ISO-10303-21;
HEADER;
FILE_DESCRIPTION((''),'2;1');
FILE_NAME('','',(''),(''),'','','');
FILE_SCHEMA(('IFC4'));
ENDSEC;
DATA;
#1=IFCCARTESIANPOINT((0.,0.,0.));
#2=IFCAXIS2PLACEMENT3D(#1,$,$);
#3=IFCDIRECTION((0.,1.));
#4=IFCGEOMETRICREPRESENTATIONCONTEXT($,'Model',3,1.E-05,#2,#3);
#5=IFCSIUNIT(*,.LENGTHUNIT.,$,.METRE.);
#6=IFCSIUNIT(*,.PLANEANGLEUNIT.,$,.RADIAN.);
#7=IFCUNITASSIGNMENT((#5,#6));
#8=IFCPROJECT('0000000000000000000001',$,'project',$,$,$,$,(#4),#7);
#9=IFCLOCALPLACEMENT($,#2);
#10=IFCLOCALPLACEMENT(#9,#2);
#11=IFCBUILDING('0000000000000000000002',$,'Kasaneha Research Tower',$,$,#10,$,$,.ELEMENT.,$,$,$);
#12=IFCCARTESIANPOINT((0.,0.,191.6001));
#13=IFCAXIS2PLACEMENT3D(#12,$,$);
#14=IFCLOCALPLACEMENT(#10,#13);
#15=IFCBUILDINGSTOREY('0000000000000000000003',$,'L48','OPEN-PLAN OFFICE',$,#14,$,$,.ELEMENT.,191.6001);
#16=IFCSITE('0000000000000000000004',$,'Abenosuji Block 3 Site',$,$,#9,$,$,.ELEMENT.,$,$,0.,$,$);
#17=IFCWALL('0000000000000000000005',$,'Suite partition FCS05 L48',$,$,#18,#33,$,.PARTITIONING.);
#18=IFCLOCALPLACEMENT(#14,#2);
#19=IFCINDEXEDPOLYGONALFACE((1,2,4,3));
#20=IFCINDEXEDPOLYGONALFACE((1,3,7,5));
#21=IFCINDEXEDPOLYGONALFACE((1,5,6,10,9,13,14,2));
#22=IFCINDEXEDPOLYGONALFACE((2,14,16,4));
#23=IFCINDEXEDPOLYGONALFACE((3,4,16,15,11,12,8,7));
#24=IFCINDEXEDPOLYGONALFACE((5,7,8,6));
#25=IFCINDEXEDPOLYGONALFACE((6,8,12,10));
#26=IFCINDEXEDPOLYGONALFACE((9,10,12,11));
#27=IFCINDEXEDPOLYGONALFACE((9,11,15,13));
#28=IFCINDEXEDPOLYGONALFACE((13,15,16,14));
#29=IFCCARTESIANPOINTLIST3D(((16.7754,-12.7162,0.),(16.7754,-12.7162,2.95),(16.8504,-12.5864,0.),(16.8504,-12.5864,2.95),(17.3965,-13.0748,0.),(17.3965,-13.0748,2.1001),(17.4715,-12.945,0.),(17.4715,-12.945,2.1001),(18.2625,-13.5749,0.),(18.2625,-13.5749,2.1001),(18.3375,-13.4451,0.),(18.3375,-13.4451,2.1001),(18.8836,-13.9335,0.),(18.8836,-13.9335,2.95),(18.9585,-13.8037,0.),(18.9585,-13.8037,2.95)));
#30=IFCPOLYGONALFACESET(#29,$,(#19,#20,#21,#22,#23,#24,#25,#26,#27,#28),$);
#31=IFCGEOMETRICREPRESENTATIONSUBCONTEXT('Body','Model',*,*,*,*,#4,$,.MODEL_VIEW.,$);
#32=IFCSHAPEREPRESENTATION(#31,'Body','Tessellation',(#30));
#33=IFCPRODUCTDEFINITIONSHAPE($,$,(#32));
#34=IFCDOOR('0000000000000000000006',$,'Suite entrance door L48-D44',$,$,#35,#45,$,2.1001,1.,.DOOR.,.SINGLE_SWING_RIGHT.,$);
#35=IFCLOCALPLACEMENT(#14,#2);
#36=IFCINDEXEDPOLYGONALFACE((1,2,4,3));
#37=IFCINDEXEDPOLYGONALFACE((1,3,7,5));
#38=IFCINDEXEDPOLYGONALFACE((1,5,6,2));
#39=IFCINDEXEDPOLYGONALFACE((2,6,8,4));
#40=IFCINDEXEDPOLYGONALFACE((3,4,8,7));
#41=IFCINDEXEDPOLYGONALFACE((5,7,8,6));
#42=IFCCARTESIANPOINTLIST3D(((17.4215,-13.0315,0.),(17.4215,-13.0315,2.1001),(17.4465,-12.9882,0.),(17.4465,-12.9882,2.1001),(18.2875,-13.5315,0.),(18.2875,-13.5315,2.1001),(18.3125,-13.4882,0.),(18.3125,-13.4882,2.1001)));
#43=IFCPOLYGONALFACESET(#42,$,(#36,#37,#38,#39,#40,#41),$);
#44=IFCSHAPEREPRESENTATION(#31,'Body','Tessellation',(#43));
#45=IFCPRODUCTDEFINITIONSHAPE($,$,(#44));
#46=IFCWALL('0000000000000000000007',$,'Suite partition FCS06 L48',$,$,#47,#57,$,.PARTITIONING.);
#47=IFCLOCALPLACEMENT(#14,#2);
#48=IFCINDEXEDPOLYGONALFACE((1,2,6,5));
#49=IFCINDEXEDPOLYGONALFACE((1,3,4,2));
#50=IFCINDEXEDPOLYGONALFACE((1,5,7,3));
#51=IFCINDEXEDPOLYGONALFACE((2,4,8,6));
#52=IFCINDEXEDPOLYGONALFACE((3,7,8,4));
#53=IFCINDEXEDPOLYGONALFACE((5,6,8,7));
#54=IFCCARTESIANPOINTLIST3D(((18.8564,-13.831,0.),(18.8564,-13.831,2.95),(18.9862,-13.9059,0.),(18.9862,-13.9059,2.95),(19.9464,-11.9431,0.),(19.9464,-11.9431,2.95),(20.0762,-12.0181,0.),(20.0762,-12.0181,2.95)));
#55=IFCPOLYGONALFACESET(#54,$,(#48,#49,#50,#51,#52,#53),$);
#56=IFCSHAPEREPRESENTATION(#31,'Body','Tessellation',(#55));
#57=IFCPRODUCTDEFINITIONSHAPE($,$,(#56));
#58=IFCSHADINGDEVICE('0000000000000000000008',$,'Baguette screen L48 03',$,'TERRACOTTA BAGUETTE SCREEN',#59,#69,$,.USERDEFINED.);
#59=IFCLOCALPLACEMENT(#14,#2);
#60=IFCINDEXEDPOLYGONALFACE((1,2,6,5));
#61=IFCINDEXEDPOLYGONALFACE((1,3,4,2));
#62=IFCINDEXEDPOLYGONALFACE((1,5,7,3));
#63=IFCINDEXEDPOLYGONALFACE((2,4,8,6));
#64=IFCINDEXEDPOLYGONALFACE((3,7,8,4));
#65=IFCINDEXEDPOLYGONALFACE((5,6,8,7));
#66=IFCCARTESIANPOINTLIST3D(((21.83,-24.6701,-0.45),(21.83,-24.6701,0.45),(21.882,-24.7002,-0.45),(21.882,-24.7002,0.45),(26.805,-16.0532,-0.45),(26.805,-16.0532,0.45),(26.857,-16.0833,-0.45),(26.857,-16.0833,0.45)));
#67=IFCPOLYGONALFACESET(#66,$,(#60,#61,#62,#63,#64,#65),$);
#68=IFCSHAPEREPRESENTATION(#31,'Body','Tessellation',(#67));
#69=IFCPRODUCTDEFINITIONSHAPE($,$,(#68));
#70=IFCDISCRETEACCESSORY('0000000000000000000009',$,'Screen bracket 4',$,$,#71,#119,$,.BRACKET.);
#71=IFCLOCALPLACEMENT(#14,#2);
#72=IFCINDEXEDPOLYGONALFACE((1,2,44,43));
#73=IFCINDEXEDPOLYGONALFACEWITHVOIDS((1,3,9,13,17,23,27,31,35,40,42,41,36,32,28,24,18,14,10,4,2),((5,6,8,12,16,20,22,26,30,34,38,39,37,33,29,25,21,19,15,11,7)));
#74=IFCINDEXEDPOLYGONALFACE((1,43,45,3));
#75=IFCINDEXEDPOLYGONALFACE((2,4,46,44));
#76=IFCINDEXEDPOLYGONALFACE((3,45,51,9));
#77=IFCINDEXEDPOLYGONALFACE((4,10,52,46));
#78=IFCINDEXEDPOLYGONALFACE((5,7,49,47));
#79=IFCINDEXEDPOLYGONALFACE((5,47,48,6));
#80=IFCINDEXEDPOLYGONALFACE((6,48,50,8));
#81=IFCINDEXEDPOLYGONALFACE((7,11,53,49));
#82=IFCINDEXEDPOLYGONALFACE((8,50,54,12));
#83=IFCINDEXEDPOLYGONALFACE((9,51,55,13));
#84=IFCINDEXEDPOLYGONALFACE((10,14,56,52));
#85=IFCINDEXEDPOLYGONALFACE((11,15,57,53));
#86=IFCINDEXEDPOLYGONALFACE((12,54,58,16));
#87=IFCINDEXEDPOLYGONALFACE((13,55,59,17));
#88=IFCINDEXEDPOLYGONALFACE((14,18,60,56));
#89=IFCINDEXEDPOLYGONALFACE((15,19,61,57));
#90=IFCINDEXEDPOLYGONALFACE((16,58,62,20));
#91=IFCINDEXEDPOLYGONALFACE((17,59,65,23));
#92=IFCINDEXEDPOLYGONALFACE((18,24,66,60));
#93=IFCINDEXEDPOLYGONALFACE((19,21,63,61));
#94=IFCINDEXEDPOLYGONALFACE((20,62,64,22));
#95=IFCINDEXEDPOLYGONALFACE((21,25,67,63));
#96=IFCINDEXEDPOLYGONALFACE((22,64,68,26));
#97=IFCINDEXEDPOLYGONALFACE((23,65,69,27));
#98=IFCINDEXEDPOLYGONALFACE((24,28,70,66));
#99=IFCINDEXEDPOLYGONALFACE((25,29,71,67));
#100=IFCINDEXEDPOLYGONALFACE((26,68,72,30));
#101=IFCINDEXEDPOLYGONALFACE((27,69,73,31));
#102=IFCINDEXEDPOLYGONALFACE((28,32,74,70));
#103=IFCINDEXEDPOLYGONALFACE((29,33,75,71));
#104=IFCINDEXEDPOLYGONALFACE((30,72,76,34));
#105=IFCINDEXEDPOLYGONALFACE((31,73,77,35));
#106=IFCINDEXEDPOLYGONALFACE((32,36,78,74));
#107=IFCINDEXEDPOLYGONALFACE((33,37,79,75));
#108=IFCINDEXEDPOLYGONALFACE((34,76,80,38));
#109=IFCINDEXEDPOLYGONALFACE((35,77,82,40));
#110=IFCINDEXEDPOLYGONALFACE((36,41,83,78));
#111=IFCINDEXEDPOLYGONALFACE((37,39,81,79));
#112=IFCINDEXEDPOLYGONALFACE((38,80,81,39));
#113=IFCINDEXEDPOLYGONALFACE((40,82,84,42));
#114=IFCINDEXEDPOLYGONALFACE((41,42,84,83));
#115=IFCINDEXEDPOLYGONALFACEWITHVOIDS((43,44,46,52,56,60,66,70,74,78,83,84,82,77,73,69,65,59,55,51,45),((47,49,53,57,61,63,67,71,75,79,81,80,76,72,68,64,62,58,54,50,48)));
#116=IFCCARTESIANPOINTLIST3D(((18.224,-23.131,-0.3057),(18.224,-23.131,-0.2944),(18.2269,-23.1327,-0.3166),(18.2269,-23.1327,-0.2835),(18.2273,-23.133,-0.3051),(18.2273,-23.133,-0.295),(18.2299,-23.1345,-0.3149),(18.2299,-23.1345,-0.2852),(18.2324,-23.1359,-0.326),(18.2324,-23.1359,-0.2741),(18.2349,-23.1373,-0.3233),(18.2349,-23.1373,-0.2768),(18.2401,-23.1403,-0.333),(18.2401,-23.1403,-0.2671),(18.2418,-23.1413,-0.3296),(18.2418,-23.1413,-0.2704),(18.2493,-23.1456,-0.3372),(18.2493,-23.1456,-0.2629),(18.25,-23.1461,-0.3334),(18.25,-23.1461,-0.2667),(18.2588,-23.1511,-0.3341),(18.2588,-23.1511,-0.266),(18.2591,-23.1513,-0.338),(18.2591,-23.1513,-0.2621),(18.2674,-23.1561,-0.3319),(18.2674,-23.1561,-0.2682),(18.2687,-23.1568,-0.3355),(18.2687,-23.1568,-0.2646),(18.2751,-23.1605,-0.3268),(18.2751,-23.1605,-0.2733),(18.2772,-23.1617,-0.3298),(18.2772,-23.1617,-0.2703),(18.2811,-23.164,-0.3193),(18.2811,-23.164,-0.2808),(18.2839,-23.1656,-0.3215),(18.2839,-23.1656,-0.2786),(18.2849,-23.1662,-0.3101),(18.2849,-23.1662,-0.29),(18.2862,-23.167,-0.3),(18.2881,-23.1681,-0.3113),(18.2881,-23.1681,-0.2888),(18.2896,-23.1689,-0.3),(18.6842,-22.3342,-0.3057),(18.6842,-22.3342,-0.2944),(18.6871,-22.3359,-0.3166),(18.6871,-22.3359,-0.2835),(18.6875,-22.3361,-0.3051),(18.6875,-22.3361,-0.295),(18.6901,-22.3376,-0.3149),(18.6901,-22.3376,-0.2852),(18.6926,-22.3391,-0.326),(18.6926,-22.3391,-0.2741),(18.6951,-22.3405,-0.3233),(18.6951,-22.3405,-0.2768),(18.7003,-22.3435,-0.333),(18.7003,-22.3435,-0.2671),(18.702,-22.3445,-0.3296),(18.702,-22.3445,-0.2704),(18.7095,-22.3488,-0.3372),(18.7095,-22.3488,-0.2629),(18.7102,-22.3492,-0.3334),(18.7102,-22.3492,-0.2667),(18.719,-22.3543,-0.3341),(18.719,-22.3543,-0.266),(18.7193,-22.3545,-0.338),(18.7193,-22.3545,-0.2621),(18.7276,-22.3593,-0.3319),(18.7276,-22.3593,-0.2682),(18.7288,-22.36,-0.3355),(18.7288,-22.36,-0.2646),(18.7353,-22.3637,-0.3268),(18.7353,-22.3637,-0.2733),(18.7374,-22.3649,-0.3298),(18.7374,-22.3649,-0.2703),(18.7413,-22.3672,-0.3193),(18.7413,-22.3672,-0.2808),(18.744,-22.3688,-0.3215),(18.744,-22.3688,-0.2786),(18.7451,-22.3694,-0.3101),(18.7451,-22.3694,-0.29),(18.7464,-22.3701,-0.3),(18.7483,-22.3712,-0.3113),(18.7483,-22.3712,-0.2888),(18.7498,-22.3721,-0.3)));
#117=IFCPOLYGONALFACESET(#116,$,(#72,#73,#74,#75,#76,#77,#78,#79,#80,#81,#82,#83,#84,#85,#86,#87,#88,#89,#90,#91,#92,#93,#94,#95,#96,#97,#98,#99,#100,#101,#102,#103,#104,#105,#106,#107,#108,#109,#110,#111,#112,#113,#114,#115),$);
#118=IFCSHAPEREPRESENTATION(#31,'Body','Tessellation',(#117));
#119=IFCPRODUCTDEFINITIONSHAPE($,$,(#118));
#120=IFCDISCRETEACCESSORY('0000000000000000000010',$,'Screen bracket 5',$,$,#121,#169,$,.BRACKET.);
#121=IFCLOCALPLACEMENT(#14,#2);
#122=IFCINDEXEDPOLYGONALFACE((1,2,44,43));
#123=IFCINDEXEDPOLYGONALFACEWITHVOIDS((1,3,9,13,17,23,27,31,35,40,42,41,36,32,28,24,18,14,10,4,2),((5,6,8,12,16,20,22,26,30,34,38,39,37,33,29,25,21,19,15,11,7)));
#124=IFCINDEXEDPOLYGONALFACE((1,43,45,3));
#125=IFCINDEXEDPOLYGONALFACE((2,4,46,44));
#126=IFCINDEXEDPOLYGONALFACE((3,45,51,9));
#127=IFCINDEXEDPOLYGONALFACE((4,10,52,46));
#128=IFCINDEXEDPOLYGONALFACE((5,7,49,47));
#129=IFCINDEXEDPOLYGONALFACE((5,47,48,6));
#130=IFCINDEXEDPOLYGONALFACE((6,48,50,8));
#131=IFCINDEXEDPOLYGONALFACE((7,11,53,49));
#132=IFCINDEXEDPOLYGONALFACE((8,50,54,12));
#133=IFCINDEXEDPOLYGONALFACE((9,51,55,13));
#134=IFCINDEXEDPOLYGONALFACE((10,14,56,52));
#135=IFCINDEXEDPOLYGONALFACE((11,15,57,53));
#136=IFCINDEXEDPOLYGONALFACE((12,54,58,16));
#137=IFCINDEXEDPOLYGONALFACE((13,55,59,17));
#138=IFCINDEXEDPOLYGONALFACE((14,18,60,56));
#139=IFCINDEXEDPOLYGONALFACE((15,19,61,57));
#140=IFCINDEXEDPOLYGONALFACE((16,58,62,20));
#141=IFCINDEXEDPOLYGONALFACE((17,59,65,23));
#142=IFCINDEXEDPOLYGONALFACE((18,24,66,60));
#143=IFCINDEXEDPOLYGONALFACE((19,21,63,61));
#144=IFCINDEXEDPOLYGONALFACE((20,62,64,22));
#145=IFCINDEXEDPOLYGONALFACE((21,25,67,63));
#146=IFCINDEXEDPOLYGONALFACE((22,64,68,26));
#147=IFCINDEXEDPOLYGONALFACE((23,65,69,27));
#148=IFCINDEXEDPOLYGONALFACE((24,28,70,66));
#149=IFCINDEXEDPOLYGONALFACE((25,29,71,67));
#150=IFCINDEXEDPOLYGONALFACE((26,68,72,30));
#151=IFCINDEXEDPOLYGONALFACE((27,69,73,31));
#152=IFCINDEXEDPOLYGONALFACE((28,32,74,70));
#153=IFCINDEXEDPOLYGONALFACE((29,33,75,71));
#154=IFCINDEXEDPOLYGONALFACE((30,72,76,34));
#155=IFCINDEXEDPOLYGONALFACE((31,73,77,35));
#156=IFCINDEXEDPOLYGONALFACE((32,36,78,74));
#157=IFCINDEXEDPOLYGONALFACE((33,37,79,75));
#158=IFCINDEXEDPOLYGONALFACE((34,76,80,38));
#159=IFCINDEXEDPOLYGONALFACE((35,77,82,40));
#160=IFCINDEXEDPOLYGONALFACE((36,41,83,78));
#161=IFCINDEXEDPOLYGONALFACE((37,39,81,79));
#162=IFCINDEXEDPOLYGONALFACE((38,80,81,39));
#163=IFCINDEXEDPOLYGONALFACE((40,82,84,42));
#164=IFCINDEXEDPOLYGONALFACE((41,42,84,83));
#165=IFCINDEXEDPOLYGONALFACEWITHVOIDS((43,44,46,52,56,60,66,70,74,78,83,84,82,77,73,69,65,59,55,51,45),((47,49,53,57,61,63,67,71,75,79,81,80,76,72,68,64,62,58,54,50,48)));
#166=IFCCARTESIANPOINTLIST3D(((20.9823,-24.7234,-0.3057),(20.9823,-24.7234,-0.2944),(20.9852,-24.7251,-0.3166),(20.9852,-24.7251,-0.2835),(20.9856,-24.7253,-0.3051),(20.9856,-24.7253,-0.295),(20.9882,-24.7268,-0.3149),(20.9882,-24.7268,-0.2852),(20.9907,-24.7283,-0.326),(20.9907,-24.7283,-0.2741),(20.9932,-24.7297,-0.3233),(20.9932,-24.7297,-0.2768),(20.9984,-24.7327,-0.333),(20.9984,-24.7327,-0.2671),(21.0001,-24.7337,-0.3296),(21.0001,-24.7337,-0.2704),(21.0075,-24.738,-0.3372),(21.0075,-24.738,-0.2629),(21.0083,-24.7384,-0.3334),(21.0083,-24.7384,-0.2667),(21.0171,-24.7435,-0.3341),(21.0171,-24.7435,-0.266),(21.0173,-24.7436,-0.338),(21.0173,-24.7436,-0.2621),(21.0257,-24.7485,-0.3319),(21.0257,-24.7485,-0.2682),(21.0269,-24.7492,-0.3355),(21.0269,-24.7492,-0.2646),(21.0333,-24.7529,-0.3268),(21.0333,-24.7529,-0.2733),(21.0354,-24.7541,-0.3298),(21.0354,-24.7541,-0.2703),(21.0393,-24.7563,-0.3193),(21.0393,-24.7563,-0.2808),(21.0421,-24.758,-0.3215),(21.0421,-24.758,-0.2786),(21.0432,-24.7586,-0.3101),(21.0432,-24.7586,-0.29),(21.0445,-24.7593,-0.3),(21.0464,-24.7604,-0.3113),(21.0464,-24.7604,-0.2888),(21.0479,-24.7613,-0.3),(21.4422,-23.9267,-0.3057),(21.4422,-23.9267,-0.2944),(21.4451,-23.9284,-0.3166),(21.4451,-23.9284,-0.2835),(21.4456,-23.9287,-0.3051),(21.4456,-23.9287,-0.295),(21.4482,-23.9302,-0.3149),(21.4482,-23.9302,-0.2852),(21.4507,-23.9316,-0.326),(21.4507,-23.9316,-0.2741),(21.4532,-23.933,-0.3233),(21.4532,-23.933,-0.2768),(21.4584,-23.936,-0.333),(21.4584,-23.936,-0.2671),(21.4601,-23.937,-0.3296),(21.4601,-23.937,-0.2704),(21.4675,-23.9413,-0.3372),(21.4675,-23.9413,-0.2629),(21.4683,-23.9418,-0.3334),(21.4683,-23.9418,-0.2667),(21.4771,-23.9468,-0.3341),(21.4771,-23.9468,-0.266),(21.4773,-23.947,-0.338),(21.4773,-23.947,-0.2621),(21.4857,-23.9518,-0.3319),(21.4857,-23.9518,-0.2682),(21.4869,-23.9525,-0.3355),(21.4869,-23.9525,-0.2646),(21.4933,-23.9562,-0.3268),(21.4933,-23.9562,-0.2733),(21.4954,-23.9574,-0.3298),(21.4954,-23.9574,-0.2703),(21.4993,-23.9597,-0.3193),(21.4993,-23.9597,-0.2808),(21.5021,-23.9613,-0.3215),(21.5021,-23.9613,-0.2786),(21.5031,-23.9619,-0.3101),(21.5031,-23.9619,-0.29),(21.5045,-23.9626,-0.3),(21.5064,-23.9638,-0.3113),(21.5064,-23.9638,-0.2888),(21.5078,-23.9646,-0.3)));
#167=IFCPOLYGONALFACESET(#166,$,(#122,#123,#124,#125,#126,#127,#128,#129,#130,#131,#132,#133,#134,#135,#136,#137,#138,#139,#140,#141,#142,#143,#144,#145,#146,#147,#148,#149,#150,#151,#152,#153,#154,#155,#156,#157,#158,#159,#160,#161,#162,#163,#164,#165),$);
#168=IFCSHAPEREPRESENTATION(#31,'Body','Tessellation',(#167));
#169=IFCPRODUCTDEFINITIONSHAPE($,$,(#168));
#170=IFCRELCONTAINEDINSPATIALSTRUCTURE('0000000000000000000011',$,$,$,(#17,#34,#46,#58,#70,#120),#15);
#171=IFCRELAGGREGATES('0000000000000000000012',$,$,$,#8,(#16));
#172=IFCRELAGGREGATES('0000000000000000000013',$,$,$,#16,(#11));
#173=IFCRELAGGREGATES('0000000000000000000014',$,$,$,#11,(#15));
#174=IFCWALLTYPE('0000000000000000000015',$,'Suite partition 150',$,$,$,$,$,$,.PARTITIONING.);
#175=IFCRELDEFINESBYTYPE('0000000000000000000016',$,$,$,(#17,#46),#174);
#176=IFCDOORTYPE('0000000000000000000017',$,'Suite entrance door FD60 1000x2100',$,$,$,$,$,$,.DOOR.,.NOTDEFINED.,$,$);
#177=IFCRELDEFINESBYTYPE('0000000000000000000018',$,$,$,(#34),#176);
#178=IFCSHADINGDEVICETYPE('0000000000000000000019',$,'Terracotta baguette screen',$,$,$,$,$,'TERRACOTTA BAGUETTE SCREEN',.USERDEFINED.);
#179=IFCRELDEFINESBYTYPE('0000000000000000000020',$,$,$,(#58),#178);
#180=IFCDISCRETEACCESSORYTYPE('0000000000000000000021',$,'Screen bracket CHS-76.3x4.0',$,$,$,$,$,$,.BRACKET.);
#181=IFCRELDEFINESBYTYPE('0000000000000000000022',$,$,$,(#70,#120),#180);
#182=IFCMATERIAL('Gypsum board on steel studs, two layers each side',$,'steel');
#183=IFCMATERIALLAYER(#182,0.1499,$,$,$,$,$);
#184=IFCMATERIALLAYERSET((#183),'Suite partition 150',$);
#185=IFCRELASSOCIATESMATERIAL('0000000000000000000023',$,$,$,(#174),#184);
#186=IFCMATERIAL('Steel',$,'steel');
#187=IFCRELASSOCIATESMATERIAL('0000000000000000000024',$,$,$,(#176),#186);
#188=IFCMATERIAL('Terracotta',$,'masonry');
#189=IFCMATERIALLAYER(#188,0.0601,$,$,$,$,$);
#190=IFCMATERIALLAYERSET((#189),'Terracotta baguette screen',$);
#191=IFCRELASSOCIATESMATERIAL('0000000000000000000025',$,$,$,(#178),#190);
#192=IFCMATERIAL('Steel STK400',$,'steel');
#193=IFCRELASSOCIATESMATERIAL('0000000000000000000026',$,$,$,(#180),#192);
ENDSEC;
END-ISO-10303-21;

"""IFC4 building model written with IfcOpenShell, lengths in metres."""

from ifc_helpers import new_model, si_unit, direction, frame, frame_2d, origin, origin_2d, place, context, subcontext, project, spatial, rectangle, hollow_circle, extrude, material, layer, layer_set, material_profile, profile_set, type_object, element, fill, save


model = new_model("IFC4")

# Units and contexts
model_context = context("Model", 3, precision=1e-05, world=origin(), true_north=direction((0.0, 1.0)))
body_context = subcontext(model_context, "Body", "Model", "MODEL_VIEW")
ifc_project = project(units=[si_unit("LENGTHUNIT", "METRE"), si_unit("PLANEANGLEUNIT", "RADIAN")], contexts=[model_context])

# Site, building, storey
site_placement = place(None, origin())
site = spatial("IfcSite", under=ifc_project, at=site_placement, Name="Abenosuji Block 3 Site", CompositionType="ELEMENT", RefElevation=0.0)
building_placement = place(site_placement, origin())
building = spatial("IfcBuilding", under=site, at=building_placement, Name="Kasaneha Research Tower", CompositionType="ELEMENT")
storey_placement = place(building_placement, frame((0.0, 0.0, 191.6001)))
storey = spatial("IfcBuildingStorey", under=building, at=storey_placement, Name="L48", Description="OPEN-PLAN OFFICE", CompositionType="ELEMENT", Elevation=191.6001)

# Wall, opening, door
ifc_material_1 = material(Name="Gypsum board on steel studs, two layers each side", Category="steel")
ifc_layer_1 = layer(ifc_material_1, 0.1499)
ifc_layer_set_1 = layer_set([ifc_layer_1], Name="Suite partition 150")
wall_type_1 = type_object("IfcWallType", Name="Suite partition 150", PredefinedType="PARTITIONING", material=ifc_layer_set_1)
wall_1_placement = place(storey_placement, frame((18.9211, -13.8687, 0.0), z_axis=(0.0, 0.0, 1.0), x_axis=(-0.866, 0.500044, 0.0)))
wall_1 = element("IfcWall", 1, at=wall_1_placement, inside=storey, type_object=wall_type_1, Name="Suite partition FCS05 L48", PredefinedType="PARTITIONING", context=body_context, shape_type="SweptSolid", body=[
    extrude(rectangle(XDim=2.4343, YDim=0.1499, at=frame_2d((1.2173, 0.0))), origin(), (0.0, 0.0, 1.0), 2.95),
])
opening_1_placement = place(wall_1_placement, frame((0.7173, 0.0, 0.0)))
opening_1 = element("IfcOpeningElement", 2, at=opening_1_placement, cuts=wall_1, PredefinedType="OPENING", context=body_context, shape_type="SweptSolid", body=[
    extrude(rectangle(XDim=1.0, YDim=2.1001, at=frame_2d((0.5, 1.05))), frame((0.0, 0.085, 0.0), z_axis=(0.0, -1.0, 0.0), x_axis=(1.0, 0.0, 0.0)), (0.0, 0.0, 1.0), 0.1699),
])
ifc_material_2 = material(Name="Steel", Category="steel")
door_type_1 = type_object("IfcDoorType", Name="Suite entrance door FD60 1000x2100", OperationType="NOTDEFINED", PredefinedType="DOOR", material=ifc_material_2)
door_1_placement = place(opening_1_placement, origin())
door_1 = element("IfcDoor", 3, at=door_1_placement, inside=storey, type_object=door_type_1, Name="Suite entrance door L48-D44", OperationType="SINGLE_SWING_RIGHT", OverallHeight=2.1001, OverallWidth=1.0, PredefinedType="DOOR", context=body_context, shape_type="SweptSolid", body=[
    extrude(rectangle(XDim=1.0, YDim=2.1001, at=frame_2d((0.5, 1.05))), frame((0.0, 0.0249, 0.0), z_axis=(0.0, -1.0, 0.0), x_axis=(1.0, 0.0, 0.0)), (0.0, 0.0, 1.0), 0.05),
])
fill(opening_1, door_1)

# Wall
wall_2_placement = place(storey_placement, frame((20.0112, -11.9807, 0.0), z_axis=(0.0, 0.0, 1.0), x_axis=(-0.500029, -0.866008, 0.0)))
element("IfcWall", 4, at=wall_2_placement, inside=storey, type_object=wall_type_1, Name="Suite partition FCS06 L48", PredefinedType="PARTITIONING", context=body_context, shape_type="SweptSolid", body=[
    extrude(rectangle(XDim=2.1799, YDim=0.1499, at=frame_2d((1.0898, 0.0))), origin(), (0.0, 0.0, 1.0), 2.95),
])

# Shading device
ifc_material_3 = material(Name="Terracotta", Category="masonry")
ifc_layer_2 = layer(ifc_material_3, 0.0601)
ifc_layer_set_2 = layer_set([ifc_layer_2], Name="Terracotta baguette screen")
shading_device_type = type_object("IfcShadingDeviceType", Name="Terracotta baguette screen", ElementType="TERRACOTTA BAGUETTE SCREEN", PredefinedType="USERDEFINED", material=ifc_layer_set_2)
shading_device_placement = place(storey_placement, frame((24.3435, -20.3767, -0.45), z_axis=(0.0, 0.0, 1.0), x_axis=(0.5, 0.866025, 0.0)))
element("IfcShadingDevice", 5, at=shading_device_placement, inside=storey, type_object=shading_device_type, Name="Baguette screen L48 03", ObjectType="TERRACOTTA BAGUETTE SCREEN", PredefinedType="USERDEFINED", context=body_context, shape_type="SweptSolid", body=[
    extrude(rectangle(XDim=9.95, YDim=0.0601, at=origin_2d()), origin(), (0.0, 0.0, 1.0), 0.8999),
])

# Discrete accessories
ifc_material_4 = material(Name="Steel STK400", Category="steel")
ifc_material_profile_1 = material_profile(ifc_material_4, hollow_circle(Radius=0.0381, WallThickness=0.0039, at=origin_2d()), Name="CHS-76.3x4.0")
ifc_profile_set_1 = profile_set([ifc_material_profile_1], Name="Steel STK400")
discrete_accessory_type = type_object("IfcDiscreteAccessoryType", Name="Screen bracket CHS-76.3x4.0", PredefinedType="BRACKET", material=ifc_profile_set_1)
discrete_accessory_1_placement = place(storey_placement, frame((18.7168, -22.353, -0.3), z_axis=(-0.500105, -0.865965, 0.0), x_axis=(0.865965, -0.500105, 0.0)))
element("IfcDiscreteAccessory", 6, at=discrete_accessory_1_placement, inside=storey, type_object=discrete_accessory_type, Name="Screen bracket 4", PredefinedType="BRACKET", context=body_context, shape_type="SweptSolid", body=[
    extrude(hollow_circle(Radius=0.0381, WallThickness=0.0039, at=origin_2d()), origin(), (0.0, 0.0, 1.0), 0.9202),
])
discrete_accessory_2_placement = place(storey_placement, frame((21.4749, -23.9456, -0.3), z_axis=(-0.500021, -0.866013, 0.0), x_axis=(0.866013, -0.500021, 0.0)))
element("IfcDiscreteAccessory", 7, at=discrete_accessory_2_placement, inside=storey, type_object=discrete_accessory_type, Name="Screen bracket 5", PredefinedType="BRACKET", context=body_context, shape_type="SweptSolid", body=[
    extrude(hollow_circle(Radius=0.0381, WallThickness=0.0039, at=origin_2d()), origin(), (0.0, 0.0, 1.0), 0.9199),
])

save(model, "model.ifc")
